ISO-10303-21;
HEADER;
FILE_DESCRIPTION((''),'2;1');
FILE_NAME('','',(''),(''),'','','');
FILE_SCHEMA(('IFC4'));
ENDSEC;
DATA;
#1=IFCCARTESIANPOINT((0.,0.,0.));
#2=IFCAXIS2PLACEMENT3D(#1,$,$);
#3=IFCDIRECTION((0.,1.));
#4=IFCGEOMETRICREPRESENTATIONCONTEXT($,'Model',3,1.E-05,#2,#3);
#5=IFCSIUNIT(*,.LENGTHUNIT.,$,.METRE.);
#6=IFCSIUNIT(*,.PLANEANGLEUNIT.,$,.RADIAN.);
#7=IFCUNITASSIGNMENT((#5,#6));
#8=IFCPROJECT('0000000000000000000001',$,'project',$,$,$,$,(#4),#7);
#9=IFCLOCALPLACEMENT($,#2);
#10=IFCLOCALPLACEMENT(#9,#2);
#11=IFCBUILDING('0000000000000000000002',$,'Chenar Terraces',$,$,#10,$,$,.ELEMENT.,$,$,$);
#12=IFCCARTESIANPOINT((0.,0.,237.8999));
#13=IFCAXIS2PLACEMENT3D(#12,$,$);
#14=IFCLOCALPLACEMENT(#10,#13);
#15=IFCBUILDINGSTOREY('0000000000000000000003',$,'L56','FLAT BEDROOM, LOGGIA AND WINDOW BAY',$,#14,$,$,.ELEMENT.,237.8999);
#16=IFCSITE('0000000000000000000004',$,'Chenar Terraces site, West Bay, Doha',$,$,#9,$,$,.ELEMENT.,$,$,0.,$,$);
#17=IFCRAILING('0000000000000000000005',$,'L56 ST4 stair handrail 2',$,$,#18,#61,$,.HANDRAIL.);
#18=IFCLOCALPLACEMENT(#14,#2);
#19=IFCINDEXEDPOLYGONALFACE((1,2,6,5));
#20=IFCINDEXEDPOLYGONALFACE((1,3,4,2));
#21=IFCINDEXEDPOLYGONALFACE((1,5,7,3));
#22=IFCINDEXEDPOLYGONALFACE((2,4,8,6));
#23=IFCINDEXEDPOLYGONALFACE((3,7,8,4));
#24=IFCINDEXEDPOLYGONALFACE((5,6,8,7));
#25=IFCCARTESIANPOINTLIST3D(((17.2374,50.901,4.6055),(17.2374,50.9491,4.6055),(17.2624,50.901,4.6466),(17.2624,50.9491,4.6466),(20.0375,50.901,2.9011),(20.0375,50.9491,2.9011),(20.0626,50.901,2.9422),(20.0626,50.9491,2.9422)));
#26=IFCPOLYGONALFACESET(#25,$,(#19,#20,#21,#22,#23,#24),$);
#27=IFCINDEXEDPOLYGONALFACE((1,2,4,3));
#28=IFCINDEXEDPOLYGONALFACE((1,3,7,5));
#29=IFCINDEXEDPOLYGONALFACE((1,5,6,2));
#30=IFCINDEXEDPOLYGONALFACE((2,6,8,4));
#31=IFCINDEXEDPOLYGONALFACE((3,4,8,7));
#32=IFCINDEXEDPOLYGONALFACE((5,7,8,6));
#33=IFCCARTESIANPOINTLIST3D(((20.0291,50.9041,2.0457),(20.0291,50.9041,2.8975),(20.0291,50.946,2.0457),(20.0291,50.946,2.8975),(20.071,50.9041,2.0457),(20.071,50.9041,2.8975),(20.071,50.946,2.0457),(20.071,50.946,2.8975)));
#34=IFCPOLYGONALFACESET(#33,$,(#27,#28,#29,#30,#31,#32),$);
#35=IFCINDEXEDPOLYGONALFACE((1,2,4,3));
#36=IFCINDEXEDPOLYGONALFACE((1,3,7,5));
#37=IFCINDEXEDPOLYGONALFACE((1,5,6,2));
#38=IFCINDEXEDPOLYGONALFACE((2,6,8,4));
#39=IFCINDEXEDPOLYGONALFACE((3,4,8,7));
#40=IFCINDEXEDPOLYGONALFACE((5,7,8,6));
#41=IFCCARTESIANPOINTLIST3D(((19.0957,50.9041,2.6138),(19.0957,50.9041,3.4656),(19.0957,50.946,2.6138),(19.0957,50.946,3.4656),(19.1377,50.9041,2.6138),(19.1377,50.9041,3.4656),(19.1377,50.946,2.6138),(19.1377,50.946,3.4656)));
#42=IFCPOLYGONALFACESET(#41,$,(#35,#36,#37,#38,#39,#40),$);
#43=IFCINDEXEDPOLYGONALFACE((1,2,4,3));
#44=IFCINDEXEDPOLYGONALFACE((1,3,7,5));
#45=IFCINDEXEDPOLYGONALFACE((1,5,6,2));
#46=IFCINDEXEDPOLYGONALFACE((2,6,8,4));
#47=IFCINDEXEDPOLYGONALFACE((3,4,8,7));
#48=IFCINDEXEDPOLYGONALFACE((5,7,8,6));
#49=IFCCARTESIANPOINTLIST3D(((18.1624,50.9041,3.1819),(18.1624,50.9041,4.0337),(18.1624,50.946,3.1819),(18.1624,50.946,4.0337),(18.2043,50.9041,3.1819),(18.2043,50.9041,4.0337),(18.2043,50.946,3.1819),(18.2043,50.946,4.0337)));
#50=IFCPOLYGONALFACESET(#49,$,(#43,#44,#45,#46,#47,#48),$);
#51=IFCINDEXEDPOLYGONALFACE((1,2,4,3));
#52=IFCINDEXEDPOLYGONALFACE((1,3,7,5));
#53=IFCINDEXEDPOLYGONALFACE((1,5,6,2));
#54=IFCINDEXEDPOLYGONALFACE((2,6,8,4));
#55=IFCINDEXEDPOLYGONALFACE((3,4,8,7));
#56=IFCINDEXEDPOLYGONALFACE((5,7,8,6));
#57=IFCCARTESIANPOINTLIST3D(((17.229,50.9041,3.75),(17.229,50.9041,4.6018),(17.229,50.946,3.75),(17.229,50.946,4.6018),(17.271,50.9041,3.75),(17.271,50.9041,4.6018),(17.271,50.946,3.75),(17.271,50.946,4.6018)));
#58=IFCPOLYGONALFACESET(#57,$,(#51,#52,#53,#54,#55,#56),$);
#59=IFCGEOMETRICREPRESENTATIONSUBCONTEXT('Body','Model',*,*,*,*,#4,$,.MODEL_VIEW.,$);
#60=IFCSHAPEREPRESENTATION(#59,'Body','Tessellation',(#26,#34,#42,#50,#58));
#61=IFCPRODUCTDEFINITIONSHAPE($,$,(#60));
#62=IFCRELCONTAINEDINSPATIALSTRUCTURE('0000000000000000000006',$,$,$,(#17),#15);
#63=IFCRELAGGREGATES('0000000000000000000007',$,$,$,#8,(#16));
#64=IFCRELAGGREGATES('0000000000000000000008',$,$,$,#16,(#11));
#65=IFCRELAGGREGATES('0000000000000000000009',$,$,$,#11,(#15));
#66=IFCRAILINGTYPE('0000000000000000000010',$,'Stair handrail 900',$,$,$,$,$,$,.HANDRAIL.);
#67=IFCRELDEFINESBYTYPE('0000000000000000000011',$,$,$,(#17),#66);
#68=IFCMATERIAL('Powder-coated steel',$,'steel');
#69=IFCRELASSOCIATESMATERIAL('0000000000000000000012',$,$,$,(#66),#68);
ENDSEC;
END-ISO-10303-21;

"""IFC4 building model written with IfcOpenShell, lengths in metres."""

from ifc_helpers import new_model, si_unit, direction, frame, origin, origin_2d, place, context, subcontext, project, spatial, rectangle, extrude, material, type_object, element, save


model = new_model("IFC4")

# Units and contexts
model_context = context("Model", 3, precision=1e-05, world=origin(), true_north=direction((0.0, 1.0)))
body_context = subcontext(model_context, "Body", "Model", "MODEL_VIEW")
ifc_project = project(units=[si_unit("LENGTHUNIT", "METRE"), si_unit("PLANEANGLEUNIT", "RADIAN")], contexts=[model_context])

# Site, building, storey
site_placement = place(None, origin())
site = spatial("IfcSite", under=ifc_project, at=site_placement, Name="Chenar Terraces site, West Bay, Doha", CompositionType="ELEMENT", RefElevation=0.0)
building_placement = place(site_placement, origin())
building = spatial("IfcBuilding", under=site, at=building_placement, Name="Chenar Terraces", CompositionType="ELEMENT")
storey_placement = place(building_placement, frame((0.0, 0.0, 237.8999)))
storey = spatial("IfcBuildingStorey", under=building, at=storey_placement, Name="L56", Description="FLAT BEDROOM, LOGGIA AND WINDOW BAY", CompositionType="ELEMENT", Elevation=237.8999)

# Railing
ifc_material_1 = material(Name="Powder-coated steel", Category="steel")
railing_type = type_object("IfcRailingType", Name="Stair handrail 900", PredefinedType="HANDRAIL", material=ifc_material_1)
railing_placement = place(storey_placement, frame((20.05, 50.925, 2.0457)))
element("IfcRailing", 1, at=railing_placement, inside=storey, type_object=railing_type, Name="L56 ST4 stair handrail 2", PredefinedType="HANDRAIL", context=body_context, shape_type="SweptSolid", body=[
    extrude(rectangle(XDim=0.0481, YDim=0.0481, at=origin_2d()), frame((0.0, 0.0, 0.876), z_axis=(-0.854203, 0.0, 0.51994), x_axis=(0.0, -1.0, 0.0)), (0.0, 0.0, 1.0), 3.2781),
    extrude(rectangle(XDim=0.042, YDim=0.042, at=origin_2d()), origin(), (0.0, 0.0, 1.0), 0.8518),
    extrude(rectangle(XDim=0.042, YDim=0.042, at=origin_2d()), frame((-0.9333, 0.0, 0.5681)), (0.0, 0.0, 1.0), 0.8518),
    extrude(rectangle(XDim=0.042, YDim=0.042, at=origin_2d()), frame((-1.8667, 0.0, 1.1362)), (0.0, 0.0, 1.0), 0.8518),
    extrude(rectangle(XDim=0.042, YDim=0.042, at=origin_2d()), frame((-2.8, 0.0, 1.7043)), (0.0, 0.0, 1.0), 0.8518),
])

save(model, "model.ifc")
